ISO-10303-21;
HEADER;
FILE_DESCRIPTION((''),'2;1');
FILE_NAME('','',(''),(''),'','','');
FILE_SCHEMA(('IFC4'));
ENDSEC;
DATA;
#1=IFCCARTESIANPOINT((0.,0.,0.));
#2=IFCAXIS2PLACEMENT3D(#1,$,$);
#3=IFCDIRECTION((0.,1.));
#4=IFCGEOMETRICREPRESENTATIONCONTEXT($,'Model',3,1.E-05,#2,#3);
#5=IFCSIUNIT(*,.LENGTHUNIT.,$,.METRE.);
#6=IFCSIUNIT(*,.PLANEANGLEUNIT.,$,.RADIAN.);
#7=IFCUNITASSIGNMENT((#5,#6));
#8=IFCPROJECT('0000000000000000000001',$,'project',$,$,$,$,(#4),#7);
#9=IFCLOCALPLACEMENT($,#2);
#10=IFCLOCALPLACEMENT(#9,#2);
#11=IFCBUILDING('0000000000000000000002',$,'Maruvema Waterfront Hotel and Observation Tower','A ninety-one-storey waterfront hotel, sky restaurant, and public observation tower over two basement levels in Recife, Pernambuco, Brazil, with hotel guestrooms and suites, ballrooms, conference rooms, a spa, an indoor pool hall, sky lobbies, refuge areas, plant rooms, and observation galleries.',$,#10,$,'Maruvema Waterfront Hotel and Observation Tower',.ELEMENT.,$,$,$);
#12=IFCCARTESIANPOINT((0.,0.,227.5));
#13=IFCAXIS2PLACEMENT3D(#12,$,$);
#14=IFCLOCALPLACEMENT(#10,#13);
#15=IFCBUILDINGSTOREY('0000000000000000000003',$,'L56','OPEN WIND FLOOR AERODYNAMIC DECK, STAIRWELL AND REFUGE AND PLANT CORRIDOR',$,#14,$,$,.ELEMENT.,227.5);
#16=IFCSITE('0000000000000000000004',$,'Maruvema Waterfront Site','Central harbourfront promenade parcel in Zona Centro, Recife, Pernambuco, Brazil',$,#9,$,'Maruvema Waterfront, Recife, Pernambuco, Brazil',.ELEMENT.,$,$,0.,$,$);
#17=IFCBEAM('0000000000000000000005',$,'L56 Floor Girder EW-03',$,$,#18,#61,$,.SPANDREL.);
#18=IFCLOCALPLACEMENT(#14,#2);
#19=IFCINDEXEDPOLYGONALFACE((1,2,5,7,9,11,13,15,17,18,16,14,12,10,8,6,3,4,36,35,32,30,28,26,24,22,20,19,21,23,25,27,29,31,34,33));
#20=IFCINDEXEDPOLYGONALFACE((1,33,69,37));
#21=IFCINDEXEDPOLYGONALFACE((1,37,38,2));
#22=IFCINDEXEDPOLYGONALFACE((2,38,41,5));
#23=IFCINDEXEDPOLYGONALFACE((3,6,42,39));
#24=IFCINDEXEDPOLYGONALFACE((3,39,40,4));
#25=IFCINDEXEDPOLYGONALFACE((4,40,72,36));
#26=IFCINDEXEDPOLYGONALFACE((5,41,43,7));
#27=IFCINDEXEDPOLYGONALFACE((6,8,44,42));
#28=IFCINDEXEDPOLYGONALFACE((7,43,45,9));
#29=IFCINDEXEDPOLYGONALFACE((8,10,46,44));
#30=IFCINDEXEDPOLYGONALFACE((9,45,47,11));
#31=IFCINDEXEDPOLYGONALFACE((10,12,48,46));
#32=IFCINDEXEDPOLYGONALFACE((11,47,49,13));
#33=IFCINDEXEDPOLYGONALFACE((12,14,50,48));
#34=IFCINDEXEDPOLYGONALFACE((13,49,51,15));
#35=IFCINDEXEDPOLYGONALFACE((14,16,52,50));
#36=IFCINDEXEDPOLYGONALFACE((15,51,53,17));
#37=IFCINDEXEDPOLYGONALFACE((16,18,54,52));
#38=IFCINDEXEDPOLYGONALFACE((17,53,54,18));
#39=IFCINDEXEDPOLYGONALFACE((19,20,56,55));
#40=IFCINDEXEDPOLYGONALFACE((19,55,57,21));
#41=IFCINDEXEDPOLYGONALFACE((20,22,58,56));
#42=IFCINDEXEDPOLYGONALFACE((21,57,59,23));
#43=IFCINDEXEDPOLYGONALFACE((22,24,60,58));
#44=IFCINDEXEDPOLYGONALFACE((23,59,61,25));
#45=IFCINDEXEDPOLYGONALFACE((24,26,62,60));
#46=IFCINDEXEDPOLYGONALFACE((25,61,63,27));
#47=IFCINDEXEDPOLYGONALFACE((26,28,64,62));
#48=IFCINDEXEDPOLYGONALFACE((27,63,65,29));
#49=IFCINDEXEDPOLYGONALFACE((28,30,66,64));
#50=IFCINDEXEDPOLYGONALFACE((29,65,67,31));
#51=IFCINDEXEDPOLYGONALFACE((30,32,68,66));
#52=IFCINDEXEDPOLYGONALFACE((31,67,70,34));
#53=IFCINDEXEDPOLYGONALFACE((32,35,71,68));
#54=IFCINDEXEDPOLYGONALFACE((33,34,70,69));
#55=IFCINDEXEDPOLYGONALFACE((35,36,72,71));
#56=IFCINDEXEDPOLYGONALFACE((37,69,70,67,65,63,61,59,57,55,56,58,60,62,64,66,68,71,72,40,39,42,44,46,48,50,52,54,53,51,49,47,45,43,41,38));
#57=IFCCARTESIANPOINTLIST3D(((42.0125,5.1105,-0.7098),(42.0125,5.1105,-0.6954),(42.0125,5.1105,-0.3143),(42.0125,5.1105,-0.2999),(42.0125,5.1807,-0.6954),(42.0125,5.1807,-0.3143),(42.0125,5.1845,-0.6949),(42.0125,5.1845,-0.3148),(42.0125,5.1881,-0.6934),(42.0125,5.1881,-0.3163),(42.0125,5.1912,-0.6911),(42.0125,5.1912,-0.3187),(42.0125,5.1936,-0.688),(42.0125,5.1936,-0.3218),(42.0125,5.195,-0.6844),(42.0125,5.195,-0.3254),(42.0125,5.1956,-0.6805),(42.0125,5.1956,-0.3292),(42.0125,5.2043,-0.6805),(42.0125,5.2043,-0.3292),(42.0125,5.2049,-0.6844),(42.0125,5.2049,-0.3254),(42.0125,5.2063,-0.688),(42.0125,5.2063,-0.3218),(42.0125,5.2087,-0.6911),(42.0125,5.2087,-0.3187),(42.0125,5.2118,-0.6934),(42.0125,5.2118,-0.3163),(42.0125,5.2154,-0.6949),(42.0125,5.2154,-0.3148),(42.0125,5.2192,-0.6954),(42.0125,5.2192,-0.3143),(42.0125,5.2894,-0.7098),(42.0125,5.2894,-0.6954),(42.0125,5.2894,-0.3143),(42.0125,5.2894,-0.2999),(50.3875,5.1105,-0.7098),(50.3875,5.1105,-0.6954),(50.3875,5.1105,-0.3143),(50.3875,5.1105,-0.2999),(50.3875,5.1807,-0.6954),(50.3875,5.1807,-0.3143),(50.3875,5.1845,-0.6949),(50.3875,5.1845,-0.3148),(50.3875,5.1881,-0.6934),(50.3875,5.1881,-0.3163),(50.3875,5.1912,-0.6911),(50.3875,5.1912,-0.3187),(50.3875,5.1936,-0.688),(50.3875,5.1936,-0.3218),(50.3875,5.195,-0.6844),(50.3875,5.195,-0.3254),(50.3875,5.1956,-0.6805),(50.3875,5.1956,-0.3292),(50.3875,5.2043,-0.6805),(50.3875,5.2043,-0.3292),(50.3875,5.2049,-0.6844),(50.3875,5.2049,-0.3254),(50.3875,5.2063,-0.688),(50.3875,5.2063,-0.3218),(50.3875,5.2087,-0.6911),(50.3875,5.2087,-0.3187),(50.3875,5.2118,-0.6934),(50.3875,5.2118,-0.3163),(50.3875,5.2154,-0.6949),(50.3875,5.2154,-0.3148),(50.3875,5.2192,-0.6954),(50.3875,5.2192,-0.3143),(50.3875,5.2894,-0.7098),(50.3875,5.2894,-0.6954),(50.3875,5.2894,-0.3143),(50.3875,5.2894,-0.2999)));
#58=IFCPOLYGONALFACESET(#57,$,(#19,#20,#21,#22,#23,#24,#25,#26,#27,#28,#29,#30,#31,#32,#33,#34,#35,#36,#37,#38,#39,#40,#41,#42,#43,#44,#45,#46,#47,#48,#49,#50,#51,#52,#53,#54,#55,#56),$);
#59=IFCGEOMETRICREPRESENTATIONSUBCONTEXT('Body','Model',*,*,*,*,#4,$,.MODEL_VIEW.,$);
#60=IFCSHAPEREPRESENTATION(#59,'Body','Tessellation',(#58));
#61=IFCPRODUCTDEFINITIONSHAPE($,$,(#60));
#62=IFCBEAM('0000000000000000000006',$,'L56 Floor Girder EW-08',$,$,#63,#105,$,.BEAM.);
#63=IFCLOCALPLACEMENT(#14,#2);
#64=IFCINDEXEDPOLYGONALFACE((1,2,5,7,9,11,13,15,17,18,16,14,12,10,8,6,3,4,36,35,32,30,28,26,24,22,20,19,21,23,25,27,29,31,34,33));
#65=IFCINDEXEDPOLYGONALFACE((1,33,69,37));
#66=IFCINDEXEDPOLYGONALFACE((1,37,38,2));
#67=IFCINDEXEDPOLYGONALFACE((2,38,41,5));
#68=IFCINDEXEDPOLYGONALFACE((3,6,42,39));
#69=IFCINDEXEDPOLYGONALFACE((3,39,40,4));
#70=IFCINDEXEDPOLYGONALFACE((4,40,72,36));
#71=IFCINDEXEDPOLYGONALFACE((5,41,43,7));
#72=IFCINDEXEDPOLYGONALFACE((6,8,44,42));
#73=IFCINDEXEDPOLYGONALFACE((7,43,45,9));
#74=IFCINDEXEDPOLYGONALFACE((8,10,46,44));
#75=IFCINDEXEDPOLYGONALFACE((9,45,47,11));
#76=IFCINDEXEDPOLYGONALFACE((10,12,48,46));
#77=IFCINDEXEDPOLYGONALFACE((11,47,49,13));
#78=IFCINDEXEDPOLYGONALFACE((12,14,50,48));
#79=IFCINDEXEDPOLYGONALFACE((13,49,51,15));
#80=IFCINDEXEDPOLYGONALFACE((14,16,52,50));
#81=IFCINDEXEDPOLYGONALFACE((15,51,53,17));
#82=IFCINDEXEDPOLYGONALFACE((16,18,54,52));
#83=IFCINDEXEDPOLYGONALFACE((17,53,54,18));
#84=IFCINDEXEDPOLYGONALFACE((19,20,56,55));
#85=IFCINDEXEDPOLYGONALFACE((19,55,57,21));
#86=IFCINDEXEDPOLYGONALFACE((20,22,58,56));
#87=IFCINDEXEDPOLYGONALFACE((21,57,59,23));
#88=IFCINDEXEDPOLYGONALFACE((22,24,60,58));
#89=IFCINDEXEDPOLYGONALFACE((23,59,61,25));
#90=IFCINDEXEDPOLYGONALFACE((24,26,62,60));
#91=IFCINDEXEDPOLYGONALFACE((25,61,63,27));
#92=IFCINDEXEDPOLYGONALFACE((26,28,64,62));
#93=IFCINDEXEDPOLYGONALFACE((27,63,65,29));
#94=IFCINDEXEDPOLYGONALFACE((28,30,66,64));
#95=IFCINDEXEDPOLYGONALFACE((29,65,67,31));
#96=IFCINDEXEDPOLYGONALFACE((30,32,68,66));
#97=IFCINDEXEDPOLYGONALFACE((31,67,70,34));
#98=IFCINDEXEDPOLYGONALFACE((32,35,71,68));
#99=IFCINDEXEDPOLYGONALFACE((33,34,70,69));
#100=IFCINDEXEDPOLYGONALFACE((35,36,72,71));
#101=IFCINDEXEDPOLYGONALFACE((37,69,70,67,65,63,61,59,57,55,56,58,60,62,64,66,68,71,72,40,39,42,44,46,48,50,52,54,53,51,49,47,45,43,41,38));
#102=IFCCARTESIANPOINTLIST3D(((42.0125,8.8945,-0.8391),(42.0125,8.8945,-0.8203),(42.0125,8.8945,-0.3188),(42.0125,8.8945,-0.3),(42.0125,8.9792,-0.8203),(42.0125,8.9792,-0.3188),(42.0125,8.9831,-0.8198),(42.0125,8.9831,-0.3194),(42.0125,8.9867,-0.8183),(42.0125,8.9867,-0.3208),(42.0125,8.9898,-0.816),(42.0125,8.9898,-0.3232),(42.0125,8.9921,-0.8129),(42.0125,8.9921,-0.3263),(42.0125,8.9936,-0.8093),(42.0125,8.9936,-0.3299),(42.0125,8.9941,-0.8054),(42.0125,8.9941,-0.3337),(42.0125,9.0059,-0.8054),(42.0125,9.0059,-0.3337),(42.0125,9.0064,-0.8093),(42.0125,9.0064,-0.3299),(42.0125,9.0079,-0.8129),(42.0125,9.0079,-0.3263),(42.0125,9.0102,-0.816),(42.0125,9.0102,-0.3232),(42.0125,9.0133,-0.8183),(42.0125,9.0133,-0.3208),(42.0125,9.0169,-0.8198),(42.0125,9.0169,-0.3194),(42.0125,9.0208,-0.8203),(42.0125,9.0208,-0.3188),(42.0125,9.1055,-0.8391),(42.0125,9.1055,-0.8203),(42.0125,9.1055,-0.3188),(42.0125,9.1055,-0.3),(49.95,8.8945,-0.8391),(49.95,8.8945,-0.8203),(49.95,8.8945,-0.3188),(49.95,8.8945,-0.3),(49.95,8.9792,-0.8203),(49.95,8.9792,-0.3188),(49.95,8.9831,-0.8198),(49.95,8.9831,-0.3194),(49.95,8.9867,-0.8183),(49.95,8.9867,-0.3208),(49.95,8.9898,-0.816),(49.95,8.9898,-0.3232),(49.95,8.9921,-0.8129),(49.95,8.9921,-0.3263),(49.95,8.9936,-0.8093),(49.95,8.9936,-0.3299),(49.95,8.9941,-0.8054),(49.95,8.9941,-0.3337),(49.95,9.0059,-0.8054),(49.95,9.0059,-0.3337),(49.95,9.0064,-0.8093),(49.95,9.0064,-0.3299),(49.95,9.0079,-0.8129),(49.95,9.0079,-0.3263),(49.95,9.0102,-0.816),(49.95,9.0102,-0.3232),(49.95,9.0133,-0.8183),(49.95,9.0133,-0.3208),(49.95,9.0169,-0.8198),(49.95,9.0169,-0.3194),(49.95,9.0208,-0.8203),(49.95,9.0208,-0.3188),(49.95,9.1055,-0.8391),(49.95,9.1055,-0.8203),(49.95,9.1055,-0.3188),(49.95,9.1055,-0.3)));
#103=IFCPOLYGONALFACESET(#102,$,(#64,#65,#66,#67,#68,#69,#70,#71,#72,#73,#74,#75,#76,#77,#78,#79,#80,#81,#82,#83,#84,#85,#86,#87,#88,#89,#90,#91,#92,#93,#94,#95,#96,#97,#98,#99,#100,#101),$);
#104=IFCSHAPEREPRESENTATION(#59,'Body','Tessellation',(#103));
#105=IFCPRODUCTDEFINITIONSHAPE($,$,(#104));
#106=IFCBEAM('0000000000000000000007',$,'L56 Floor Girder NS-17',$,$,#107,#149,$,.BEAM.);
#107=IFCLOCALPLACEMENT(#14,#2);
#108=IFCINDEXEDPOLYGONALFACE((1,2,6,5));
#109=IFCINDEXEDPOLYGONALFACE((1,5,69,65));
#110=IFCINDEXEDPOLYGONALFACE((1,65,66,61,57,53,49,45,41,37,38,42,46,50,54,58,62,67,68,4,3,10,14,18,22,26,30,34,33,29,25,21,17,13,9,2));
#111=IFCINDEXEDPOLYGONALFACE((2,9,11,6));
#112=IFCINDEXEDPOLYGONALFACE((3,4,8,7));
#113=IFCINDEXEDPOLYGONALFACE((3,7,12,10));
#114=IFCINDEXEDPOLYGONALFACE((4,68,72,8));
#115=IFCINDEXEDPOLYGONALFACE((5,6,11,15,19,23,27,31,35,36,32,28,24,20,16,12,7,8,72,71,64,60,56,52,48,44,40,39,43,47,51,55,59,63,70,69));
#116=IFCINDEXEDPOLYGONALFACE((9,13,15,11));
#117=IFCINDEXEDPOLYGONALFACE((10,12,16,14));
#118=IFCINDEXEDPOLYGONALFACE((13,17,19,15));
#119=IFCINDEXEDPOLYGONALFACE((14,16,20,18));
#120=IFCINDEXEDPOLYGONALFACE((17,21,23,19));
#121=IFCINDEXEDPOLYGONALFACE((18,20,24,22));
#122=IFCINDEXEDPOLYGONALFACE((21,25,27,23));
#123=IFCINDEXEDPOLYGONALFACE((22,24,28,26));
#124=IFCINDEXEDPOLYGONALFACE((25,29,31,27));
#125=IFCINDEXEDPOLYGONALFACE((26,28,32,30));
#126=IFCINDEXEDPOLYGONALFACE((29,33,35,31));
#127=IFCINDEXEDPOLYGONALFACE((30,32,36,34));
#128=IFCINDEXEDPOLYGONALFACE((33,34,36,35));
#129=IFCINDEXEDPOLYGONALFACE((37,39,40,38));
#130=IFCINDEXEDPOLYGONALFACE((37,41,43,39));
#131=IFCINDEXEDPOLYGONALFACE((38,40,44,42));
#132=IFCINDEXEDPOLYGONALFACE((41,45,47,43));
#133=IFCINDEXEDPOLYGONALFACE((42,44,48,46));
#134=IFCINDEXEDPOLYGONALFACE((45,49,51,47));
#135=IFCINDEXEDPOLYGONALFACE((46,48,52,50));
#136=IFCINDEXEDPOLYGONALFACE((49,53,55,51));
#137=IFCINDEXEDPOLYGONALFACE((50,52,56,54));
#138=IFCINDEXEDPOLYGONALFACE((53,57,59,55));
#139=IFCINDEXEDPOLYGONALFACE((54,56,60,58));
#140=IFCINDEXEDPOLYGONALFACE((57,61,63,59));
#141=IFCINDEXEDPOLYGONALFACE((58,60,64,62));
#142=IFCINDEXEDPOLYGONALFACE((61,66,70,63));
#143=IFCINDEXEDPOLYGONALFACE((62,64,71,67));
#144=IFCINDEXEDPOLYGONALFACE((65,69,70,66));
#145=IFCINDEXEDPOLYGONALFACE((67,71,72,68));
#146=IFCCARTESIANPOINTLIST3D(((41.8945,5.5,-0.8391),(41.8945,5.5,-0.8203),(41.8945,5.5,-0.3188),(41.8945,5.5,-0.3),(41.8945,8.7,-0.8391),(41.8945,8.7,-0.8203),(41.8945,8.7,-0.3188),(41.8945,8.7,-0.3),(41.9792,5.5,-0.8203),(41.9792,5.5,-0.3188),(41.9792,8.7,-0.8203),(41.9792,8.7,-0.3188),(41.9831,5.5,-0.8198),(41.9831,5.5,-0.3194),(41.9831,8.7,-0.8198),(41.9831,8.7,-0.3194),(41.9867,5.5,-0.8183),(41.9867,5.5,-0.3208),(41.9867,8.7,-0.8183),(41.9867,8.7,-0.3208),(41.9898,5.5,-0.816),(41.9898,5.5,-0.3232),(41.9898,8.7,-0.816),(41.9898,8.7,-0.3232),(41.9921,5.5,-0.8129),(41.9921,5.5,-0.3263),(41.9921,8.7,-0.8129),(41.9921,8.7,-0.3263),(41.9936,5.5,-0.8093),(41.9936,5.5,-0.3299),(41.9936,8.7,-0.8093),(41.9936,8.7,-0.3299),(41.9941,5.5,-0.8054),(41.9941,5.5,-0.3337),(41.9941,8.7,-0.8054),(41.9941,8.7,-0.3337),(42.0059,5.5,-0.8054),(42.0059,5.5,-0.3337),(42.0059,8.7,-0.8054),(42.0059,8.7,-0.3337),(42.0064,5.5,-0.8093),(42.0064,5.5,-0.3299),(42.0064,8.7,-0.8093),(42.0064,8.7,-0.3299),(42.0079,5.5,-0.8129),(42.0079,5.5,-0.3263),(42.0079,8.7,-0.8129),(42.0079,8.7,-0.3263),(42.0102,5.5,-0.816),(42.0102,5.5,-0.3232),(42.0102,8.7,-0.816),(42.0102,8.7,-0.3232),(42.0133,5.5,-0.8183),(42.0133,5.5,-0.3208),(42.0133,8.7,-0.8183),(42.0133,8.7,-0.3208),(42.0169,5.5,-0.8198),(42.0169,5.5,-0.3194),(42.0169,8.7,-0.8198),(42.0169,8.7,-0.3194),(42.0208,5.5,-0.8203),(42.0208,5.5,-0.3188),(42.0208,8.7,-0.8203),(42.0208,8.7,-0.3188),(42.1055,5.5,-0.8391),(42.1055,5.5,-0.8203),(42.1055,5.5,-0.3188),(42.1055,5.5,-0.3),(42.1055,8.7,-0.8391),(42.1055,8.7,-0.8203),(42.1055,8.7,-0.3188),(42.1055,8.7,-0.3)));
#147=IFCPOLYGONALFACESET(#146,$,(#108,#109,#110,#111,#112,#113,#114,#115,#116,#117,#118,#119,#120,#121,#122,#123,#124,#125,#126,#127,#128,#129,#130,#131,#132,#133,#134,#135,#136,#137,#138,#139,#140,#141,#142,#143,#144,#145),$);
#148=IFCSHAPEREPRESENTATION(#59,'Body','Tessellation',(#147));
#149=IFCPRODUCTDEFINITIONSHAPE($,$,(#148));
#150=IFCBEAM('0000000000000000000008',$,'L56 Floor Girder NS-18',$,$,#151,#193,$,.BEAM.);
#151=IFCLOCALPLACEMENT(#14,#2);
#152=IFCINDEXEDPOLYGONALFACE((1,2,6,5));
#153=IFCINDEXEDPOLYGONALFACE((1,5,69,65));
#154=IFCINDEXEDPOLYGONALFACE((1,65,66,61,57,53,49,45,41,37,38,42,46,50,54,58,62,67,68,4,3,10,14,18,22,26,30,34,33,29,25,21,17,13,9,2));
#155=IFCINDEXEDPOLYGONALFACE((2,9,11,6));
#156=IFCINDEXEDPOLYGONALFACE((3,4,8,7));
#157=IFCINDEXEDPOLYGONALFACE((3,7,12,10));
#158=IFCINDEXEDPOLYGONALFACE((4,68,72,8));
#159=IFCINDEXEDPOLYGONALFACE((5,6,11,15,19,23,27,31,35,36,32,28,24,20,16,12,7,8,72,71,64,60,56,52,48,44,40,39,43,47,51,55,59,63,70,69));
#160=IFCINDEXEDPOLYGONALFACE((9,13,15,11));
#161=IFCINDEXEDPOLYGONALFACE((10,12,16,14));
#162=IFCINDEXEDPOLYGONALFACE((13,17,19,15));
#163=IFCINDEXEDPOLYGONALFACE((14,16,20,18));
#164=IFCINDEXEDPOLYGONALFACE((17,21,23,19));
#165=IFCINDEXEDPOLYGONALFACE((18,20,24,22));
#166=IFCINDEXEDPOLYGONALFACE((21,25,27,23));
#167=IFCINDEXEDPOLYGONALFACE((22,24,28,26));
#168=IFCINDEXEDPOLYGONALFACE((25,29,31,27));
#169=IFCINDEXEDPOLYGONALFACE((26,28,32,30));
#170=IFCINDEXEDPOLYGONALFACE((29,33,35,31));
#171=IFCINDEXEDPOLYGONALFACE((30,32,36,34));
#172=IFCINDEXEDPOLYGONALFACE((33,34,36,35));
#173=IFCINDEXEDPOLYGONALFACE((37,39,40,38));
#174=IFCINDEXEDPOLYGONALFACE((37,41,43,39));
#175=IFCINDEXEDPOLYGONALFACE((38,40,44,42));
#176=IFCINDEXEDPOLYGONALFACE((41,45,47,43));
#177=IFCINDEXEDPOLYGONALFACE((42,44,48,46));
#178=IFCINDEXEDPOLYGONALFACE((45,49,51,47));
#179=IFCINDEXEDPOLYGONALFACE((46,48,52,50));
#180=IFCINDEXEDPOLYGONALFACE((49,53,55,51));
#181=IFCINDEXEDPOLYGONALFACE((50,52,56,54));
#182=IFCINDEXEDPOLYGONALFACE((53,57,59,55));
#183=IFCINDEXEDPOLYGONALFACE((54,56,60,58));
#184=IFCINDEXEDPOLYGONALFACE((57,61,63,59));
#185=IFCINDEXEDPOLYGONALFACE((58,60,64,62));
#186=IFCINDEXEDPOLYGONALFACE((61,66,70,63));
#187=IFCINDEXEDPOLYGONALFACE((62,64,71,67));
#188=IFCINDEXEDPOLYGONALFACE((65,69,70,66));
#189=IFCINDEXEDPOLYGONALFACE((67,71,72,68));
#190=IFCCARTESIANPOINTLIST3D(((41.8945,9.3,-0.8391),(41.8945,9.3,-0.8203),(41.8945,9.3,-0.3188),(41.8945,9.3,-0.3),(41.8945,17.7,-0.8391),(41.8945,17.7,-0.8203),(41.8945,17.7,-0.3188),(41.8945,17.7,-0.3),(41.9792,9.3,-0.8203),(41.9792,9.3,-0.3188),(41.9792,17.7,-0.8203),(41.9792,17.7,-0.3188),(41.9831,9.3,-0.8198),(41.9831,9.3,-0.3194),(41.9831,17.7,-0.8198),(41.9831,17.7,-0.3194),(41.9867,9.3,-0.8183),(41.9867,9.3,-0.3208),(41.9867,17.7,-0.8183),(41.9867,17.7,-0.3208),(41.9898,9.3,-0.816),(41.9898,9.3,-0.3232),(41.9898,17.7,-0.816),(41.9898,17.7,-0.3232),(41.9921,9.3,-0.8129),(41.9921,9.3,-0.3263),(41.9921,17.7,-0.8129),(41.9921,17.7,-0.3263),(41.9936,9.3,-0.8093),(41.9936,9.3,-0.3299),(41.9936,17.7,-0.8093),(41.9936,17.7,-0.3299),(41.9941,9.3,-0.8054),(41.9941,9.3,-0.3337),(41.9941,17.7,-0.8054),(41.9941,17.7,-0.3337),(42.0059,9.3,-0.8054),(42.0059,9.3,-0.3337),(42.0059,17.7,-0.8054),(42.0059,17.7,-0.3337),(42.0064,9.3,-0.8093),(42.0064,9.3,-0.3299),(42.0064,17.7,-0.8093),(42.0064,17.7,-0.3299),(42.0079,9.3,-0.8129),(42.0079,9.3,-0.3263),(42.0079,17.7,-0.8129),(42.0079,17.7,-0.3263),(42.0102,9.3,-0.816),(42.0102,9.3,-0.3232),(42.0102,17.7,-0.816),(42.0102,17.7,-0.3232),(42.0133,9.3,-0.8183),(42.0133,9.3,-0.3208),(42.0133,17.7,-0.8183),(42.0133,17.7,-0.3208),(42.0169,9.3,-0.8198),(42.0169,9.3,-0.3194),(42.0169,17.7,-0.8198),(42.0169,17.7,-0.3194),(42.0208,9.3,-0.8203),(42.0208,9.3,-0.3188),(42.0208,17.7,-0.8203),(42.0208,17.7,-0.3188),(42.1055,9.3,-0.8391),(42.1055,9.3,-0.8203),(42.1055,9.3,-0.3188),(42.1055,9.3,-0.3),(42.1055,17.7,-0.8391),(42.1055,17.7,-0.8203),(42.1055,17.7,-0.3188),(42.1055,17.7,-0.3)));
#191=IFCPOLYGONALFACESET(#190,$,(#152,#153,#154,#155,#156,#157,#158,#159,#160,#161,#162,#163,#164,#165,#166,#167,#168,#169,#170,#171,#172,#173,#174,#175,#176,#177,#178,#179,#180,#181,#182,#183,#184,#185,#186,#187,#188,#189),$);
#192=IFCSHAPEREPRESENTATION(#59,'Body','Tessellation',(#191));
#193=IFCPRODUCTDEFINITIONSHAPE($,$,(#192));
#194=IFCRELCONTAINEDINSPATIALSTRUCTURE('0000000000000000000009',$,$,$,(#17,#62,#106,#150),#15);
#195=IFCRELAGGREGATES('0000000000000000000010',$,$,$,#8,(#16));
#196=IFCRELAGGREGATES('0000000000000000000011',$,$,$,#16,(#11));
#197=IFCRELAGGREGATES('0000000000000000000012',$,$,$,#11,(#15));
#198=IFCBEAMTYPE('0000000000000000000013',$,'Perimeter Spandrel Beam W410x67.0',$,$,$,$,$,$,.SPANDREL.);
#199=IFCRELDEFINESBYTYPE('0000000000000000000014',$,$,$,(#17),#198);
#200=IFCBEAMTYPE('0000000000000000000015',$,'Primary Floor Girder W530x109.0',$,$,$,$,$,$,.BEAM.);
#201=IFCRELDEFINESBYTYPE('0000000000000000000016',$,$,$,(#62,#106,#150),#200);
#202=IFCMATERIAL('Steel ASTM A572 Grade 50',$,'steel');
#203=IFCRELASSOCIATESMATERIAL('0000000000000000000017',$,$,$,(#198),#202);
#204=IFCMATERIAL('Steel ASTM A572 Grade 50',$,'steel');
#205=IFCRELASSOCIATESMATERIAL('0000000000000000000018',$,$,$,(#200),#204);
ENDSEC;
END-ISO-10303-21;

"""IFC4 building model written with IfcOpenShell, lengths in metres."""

from ifc_helpers import new_model, si_unit, direction, frame, origin, origin_2d, place, context, subcontext, project, spatial, i_section, extrude, material, material_profile, profile_set, type_object, element, save


model = new_model("IFC4")

# Units and contexts
model_context = context("Model", 3, precision=1e-05, world=origin(), true_north=direction((0.0, 1.0)))
body_context = subcontext(model_context, "Body", "Model", "MODEL_VIEW")
ifc_project = project(units=[si_unit("LENGTHUNIT", "METRE"), si_unit("PLANEANGLEUNIT", "RADIAN")], contexts=[model_context])

# Site, building, storey
site_placement = place(None, origin())
site = spatial("IfcSite", under=ifc_project, at=site_placement, Name="Maruvema Waterfront Site", Description="Central harbourfront promenade parcel in Zona Centro, Recife, Pernambuco, Brazil", LongName="Maruvema Waterfront, Recife, Pernambuco, Brazil", CompositionType="ELEMENT", RefElevation=0.0)
building_placement = place(site_placement, origin())
building = spatial("IfcBuilding", under=site, at=building_placement, Name="Maruvema Waterfront Hotel and Observation Tower", Description="A ninety-one-storey waterfront hotel, sky restaurant, and public observation tower over two basement levels in Recife, Pernambuco, Brazil, with hotel guestrooms and suites, ballrooms, conference rooms, a spa, an indoor pool hall, sky lobbies, refuge areas, plant rooms, and observation galleries.", LongName="Maruvema Waterfront Hotel and Observation Tower", CompositionType="ELEMENT")
storey_placement = place(building_placement, frame((0.0, 0.0, 227.5)))
storey = spatial("IfcBuildingStorey", under=building, at=storey_placement, Name="L56", Description="OPEN WIND FLOOR AERODYNAMIC DECK, STAIRWELL AND REFUGE AND PLANT CORRIDOR", CompositionType="ELEMENT", Elevation=227.5)

# Beams
ifc_material_1 = material(Name="Steel ASTM A572 Grade 50", Category="steel")
ifc_material_profile_1 = material_profile(ifc_material_1, i_section(OverallWidth=0.179, OverallDepth=0.4099, WebThickness=0.0088, FlangeThickness=0.0144, FilletRadius=0.0149, at=origin_2d()), Name="W410x67.0")
ifc_profile_set_1 = profile_set([ifc_material_profile_1], Name="Steel ASTM A572 Grade 50")
beam_type_1 = type_object("IfcBeamType", Name="Perimeter Spandrel Beam W410x67.0", PredefinedType="SPANDREL", material=ifc_profile_set_1)
beam_1_placement = place(storey_placement, frame((42.0125, 5.2, -0.5049), z_axis=(1.0, 0.0, 0.0), x_axis=(0.0, 1.0, 0.0)))
element("IfcBeam", 1, at=beam_1_placement, inside=storey, type_object=beam_type_1, Name="L56 Floor Girder EW-03", PredefinedType="SPANDREL", context=body_context, shape_type="SweptSolid", body=[
    extrude(i_section(OverallWidth=0.179, OverallDepth=0.4099, WebThickness=0.0088, FlangeThickness=0.0144, FilletRadius=0.0149, at=origin_2d()), origin(), (0.0, 0.0, 1.0), 8.375),
])
ifc_material_2 = material(Name="Steel ASTM A572 Grade 50", Category="steel")
ifc_material_profile_2 = material_profile(ifc_material_2, i_section(OverallWidth=0.2109, OverallDepth=0.5391, WebThickness=0.0117, FlangeThickness=0.0188, FilletRadius=0.0149, at=origin_2d()), Name="W530x109.0")
ifc_profile_set_2 = profile_set([ifc_material_profile_2], Name="Steel ASTM A572 Grade 50")
beam_type_2 = type_object("IfcBeamType", Name="Primary Floor Girder W530x109.0", PredefinedType="BEAM", material=ifc_profile_set_2)
beam_2_placement = place(storey_placement, frame((42.0125, 9.0, -0.5696), z_axis=(1.0, 0.0, 0.0), x_axis=(0.0, 1.0, 0.0)))
element("IfcBeam", 2, at=beam_2_placement, inside=storey, type_object=beam_type_2, Name="L56 Floor Girder EW-08", PredefinedType="BEAM", context=body_context, shape_type="SweptSolid", body=[
    extrude(i_section(OverallWidth=0.2109, OverallDepth=0.5391, WebThickness=0.0117, FlangeThickness=0.0188, FilletRadius=0.0149, at=origin_2d()), origin(), (0.0, 0.0, 1.0), 7.9375),
])
beam_3_placement = place(storey_placement, frame((42.0, 5.5, -0.5696), z_axis=(0.0, 1.0, 0.0), x_axis=(-1.0, 0.0, 0.0)))
element("IfcBeam", 3, at=beam_3_placement, inside=storey, type_object=beam_type_2, Name="L56 Floor Girder NS-17", PredefinedType="BEAM", context=body_context, shape_type="SweptSolid", body=[
    extrude(i_section(OverallWidth=0.2109, OverallDepth=0.5391, WebThickness=0.0117, FlangeThickness=0.0188, FilletRadius=0.0149, at=origin_2d()), origin(), (0.0, 0.0, 1.0), 3.2),
])
beam_4_placement = place(storey_placement, frame((42.0, 9.3, -0.5696), z_axis=(0.0, 1.0, 0.0), x_axis=(-1.0, 0.0, 0.0)))
element("IfcBeam", 4, at=beam_4_placement, inside=storey, type_object=beam_type_2, Name="L56 Floor Girder NS-18", PredefinedType="BEAM", context=body_context, shape_type="SweptSolid", body=[
    extrude(i_section(OverallWidth=0.2109, OverallDepth=0.5391, WebThickness=0.0117, FlangeThickness=0.0188, FilletRadius=0.0149, at=origin_2d()), origin(), (0.0, 0.0, 1.0), 8.3999),
])

save(model, "model.ifc")
